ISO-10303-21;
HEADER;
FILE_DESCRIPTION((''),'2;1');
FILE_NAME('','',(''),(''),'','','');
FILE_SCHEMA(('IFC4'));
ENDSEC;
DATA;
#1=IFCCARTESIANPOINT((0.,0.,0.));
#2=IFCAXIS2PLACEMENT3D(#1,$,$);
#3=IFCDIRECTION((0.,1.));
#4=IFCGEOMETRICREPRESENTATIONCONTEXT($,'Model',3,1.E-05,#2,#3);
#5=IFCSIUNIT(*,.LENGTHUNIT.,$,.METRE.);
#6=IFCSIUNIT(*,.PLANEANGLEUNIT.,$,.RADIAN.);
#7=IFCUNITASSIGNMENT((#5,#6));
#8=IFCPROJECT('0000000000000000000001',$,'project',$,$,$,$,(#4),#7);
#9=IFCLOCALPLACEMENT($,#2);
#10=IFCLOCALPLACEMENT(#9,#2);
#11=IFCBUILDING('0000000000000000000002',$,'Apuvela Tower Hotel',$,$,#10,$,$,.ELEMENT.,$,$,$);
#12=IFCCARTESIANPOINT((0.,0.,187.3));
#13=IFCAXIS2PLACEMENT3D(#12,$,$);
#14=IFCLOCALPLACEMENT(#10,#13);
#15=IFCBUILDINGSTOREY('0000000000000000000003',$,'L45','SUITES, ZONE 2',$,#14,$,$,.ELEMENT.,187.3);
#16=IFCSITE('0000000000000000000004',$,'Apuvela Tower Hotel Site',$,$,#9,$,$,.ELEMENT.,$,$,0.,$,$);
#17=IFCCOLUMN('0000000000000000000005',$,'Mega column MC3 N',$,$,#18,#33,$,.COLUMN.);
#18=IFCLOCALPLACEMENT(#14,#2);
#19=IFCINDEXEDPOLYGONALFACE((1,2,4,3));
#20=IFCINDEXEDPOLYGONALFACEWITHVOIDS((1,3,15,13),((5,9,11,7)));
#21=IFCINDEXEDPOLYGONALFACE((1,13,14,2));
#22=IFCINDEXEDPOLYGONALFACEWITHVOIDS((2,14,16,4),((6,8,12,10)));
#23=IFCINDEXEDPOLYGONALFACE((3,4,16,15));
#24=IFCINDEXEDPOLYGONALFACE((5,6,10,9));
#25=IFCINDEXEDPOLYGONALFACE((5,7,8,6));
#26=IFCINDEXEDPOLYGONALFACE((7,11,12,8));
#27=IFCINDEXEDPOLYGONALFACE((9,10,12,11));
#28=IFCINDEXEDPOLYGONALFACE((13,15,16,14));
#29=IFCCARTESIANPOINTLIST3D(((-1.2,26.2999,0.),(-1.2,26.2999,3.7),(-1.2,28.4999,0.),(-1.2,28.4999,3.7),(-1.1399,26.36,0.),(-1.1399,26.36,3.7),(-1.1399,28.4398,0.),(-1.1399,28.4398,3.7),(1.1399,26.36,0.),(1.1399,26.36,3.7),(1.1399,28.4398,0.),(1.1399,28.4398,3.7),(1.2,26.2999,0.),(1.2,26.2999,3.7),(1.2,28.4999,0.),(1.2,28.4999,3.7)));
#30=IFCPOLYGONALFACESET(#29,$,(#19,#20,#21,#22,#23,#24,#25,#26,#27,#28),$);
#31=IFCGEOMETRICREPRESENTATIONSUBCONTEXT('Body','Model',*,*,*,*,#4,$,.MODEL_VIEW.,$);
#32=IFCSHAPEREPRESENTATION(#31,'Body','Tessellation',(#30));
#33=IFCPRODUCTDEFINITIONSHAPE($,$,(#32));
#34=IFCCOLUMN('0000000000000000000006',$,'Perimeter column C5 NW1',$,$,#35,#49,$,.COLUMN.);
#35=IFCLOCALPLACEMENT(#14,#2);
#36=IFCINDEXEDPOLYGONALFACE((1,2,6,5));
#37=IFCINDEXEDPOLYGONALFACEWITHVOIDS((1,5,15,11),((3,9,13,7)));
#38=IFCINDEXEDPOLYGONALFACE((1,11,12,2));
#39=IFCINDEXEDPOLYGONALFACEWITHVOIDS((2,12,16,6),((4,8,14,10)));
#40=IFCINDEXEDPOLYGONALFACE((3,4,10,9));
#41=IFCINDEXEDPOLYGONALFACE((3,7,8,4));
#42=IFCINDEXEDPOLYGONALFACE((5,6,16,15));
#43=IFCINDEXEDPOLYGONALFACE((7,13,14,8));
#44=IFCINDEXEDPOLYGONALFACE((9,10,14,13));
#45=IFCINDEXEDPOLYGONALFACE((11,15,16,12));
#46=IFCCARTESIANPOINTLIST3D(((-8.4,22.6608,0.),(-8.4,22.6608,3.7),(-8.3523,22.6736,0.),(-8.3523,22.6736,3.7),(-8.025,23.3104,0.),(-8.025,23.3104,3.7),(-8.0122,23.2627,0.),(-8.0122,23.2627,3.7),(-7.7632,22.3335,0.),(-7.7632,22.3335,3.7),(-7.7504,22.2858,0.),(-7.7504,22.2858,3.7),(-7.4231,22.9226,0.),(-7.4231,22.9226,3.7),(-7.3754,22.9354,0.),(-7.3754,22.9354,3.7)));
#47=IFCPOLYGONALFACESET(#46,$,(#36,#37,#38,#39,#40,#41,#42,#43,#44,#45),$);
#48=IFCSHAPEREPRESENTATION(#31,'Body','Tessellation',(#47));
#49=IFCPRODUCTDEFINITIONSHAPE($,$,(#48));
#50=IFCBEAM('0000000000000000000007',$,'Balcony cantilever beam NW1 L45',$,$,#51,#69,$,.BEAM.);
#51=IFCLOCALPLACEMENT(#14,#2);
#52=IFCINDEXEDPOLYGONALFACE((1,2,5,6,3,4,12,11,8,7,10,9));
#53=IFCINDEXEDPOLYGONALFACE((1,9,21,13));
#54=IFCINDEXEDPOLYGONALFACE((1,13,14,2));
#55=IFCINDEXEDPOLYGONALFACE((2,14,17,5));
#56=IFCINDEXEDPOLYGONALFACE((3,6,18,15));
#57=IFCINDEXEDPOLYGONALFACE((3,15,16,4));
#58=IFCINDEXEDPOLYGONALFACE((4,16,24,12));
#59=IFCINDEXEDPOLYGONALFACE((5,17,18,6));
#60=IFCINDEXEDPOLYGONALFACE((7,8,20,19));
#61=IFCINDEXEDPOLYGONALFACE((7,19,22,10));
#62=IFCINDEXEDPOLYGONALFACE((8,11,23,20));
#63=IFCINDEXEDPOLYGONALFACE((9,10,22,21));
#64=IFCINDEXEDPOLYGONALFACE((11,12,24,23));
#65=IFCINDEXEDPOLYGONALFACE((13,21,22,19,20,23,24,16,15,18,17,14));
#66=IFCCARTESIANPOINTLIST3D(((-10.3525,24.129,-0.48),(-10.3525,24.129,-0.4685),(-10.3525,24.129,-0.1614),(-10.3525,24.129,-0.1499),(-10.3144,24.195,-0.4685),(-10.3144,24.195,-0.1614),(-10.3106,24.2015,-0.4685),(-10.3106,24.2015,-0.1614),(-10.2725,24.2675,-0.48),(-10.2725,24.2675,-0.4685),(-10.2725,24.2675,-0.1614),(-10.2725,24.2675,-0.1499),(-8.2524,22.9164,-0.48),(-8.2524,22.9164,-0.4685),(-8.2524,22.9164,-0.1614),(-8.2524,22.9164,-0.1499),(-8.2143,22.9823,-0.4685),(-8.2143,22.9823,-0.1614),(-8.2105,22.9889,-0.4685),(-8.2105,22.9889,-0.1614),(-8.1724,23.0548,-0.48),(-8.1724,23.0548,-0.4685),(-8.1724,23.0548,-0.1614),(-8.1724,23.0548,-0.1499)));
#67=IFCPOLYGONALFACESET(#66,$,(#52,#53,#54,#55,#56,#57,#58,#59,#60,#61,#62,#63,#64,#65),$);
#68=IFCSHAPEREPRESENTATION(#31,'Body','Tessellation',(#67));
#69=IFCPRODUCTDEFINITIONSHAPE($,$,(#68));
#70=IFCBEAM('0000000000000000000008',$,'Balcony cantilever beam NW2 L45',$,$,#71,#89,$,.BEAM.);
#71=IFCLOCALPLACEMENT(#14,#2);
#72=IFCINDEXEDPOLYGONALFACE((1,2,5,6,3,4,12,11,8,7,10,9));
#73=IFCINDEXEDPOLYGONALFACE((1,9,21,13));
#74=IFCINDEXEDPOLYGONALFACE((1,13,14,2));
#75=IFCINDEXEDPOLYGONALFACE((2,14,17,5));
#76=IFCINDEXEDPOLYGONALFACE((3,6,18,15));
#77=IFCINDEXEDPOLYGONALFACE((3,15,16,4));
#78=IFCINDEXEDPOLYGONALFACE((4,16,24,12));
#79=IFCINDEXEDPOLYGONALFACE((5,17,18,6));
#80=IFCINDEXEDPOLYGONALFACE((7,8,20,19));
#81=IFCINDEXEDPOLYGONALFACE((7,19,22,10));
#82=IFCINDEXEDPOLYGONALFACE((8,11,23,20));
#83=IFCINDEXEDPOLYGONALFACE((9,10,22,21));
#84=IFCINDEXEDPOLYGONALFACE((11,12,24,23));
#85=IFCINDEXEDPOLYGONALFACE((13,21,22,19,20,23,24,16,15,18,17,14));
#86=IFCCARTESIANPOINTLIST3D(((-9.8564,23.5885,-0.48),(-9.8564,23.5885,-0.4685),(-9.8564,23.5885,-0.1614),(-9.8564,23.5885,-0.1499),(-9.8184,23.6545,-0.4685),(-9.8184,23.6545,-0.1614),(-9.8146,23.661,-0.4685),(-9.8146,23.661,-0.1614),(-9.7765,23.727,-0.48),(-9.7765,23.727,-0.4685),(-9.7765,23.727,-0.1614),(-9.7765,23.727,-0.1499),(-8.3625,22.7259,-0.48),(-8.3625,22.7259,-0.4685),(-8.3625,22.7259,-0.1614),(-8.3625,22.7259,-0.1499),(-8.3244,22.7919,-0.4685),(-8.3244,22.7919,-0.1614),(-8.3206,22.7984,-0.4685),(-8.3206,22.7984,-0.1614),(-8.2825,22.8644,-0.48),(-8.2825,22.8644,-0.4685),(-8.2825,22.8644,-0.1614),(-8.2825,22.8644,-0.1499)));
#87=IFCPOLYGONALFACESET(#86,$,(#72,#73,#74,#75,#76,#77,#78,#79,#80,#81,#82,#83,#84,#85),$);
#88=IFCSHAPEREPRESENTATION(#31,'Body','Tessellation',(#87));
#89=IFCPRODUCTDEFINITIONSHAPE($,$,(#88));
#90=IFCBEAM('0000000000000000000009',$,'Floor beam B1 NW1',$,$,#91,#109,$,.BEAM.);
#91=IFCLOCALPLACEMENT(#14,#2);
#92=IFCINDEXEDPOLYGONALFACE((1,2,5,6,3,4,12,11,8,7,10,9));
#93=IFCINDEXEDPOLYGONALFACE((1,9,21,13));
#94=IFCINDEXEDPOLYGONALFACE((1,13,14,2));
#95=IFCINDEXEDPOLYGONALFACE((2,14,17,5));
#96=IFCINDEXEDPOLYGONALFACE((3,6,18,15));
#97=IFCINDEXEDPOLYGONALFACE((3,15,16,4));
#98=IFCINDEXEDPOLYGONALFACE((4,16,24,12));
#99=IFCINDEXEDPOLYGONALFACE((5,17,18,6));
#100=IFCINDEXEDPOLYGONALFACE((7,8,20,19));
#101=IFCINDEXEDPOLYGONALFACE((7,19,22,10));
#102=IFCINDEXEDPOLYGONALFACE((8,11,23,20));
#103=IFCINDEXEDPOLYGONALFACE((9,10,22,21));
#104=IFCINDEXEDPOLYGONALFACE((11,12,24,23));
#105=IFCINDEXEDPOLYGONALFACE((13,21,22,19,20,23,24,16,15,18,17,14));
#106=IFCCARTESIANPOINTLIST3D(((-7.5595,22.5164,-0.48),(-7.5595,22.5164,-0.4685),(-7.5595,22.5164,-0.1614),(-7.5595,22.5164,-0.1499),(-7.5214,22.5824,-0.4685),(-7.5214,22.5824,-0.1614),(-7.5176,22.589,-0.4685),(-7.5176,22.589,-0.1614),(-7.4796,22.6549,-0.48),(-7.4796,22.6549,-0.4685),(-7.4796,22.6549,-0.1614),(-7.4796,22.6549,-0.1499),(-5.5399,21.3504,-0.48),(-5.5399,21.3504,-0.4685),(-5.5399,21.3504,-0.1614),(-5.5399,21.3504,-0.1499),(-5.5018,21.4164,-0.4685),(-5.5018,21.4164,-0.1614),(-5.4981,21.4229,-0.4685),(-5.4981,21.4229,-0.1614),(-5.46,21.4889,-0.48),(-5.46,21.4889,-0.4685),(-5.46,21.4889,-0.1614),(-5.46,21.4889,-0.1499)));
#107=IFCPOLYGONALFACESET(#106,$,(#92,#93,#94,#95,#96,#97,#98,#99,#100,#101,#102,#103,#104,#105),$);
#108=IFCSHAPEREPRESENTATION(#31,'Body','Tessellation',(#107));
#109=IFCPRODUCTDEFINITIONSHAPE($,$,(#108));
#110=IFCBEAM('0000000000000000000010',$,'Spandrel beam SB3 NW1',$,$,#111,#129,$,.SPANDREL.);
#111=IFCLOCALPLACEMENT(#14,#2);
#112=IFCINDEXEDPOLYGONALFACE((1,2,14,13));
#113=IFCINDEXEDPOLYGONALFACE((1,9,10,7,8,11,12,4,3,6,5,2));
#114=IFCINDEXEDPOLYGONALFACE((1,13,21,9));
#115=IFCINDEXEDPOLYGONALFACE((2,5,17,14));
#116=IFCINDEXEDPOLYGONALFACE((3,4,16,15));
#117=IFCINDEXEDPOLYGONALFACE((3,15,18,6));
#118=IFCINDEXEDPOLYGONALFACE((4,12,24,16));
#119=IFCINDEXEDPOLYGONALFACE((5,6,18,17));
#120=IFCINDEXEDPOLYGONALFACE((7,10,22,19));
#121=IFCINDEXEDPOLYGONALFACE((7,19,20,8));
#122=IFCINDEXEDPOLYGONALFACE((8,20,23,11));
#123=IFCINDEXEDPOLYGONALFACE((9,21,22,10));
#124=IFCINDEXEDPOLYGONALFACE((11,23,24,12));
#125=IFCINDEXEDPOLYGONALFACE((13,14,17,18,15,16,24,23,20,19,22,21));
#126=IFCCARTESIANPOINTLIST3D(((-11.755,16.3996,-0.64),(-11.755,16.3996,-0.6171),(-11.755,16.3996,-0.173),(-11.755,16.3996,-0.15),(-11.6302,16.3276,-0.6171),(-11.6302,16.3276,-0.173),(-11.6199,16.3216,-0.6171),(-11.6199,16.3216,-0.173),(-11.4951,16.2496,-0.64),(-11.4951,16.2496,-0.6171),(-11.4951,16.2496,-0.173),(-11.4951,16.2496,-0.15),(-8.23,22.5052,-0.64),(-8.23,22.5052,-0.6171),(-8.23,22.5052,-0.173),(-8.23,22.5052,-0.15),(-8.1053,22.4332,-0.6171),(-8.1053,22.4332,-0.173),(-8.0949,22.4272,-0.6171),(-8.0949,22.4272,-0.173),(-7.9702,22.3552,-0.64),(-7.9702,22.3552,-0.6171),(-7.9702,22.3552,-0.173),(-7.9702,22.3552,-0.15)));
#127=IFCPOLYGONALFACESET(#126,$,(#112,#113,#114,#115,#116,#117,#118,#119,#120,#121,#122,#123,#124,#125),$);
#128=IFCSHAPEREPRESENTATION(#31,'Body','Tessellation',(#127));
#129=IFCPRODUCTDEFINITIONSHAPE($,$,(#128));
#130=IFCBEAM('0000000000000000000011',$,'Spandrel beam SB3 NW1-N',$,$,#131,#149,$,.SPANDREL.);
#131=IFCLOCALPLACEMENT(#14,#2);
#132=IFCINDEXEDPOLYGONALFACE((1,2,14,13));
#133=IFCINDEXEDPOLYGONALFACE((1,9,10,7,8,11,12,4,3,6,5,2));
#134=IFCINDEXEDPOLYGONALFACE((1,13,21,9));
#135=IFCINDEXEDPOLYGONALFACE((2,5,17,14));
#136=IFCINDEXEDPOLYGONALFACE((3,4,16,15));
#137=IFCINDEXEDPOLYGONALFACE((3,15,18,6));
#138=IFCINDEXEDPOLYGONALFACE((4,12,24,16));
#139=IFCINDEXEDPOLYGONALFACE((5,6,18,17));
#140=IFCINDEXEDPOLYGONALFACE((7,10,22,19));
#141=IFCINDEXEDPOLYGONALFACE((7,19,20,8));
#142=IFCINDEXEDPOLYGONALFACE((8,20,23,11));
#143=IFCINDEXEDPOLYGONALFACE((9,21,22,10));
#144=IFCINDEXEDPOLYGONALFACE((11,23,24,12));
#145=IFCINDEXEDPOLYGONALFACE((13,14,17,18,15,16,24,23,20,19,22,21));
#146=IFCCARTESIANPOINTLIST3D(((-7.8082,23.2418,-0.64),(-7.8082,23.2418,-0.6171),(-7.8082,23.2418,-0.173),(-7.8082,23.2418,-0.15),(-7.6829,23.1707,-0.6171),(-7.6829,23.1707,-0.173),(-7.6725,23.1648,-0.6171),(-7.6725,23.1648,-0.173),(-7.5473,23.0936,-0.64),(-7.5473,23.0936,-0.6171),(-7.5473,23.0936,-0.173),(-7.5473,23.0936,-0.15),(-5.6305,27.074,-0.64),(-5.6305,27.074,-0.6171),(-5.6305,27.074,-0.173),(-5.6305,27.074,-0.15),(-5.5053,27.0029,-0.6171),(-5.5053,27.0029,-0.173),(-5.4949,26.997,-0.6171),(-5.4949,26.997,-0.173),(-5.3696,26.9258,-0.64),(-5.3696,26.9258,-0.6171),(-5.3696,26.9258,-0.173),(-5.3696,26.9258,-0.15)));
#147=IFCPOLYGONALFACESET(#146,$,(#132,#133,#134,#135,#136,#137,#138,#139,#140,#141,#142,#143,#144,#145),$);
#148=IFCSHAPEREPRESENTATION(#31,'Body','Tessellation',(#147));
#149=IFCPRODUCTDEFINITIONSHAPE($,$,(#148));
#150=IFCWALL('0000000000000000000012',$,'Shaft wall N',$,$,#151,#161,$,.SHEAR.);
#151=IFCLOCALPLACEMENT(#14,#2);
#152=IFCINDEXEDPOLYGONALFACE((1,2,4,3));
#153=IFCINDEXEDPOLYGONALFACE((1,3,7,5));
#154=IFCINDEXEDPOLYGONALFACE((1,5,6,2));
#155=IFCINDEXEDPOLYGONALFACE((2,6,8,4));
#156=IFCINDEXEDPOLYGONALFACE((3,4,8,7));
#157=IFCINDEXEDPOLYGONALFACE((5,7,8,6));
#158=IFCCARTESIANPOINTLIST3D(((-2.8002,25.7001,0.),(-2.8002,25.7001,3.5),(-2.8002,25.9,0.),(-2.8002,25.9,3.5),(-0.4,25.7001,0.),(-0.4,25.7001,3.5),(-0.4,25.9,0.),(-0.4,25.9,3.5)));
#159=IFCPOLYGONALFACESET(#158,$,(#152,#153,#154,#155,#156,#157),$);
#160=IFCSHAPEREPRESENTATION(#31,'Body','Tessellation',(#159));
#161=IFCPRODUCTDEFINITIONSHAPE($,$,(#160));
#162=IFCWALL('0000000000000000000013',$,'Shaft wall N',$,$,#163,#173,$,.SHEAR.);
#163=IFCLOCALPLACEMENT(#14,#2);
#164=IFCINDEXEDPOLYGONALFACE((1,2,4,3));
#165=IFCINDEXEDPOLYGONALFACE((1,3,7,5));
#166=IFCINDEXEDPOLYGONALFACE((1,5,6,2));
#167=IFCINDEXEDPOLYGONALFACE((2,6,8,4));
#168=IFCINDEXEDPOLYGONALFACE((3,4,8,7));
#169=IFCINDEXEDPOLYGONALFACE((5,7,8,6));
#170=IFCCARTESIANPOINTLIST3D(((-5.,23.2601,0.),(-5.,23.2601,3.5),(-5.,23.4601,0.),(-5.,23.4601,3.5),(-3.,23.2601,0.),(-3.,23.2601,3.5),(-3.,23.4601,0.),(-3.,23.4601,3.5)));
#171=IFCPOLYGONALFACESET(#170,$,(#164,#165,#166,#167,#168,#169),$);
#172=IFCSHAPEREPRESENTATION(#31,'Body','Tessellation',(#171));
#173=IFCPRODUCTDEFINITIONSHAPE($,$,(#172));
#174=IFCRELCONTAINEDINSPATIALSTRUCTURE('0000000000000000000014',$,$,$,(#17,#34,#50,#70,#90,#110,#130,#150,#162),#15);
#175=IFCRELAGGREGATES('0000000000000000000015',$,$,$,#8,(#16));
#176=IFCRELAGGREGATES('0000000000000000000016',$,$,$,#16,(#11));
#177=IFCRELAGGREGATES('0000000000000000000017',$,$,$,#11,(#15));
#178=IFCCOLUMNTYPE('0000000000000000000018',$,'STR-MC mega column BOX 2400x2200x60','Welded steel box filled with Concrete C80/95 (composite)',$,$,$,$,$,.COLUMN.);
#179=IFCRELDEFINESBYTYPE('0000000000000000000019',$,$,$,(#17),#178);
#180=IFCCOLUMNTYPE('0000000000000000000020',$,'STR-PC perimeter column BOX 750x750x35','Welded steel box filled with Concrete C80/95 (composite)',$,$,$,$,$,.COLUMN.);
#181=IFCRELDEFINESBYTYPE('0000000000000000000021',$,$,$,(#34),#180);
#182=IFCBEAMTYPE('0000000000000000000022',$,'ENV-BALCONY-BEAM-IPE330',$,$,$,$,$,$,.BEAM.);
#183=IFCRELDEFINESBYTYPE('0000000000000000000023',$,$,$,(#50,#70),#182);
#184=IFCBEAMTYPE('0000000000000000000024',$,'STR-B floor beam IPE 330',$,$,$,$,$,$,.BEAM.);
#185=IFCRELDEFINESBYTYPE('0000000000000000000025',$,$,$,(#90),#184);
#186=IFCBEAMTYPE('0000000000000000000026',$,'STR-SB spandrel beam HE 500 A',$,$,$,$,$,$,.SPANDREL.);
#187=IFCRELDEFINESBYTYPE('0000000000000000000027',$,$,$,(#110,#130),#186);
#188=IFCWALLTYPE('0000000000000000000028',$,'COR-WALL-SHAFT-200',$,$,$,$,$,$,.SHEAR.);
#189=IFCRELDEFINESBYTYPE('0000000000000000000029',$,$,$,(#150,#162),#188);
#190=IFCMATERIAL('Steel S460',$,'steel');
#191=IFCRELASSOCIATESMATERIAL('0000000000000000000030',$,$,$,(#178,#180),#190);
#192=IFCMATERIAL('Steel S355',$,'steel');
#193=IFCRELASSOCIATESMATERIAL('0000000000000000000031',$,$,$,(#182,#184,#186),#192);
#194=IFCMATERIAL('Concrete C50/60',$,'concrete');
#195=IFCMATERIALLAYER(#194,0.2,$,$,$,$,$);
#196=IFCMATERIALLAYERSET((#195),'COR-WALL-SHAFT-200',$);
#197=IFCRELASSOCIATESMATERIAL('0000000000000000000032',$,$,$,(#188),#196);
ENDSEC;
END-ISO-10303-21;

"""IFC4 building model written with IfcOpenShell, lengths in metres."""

from ifc_helpers import new_model, si_unit, direction, frame, frame_2d, origin, origin_2d, place, context, subcontext, project, spatial, rectangle, hollow_rectangle, i_section, extrude, material, layer, layer_set, material_profile, profile_set, type_object, element, save


model = new_model("IFC4")

# Units and contexts
model_context = context("Model", 3, precision=1e-05, world=origin(), true_north=direction((0.0, 1.0)))
body_context = subcontext(model_context, "Body", "Model", "MODEL_VIEW")
ifc_project = project(units=[si_unit("LENGTHUNIT", "METRE"), si_unit("PLANEANGLEUNIT", "RADIAN")], contexts=[model_context])

# Site, building, storey
site_placement = place(None, origin())
site = spatial("IfcSite", under=ifc_project, at=site_placement, Name="Apuvela Tower Hotel Site", CompositionType="ELEMENT", RefElevation=0.0)
building_placement = place(site_placement, origin())
building = spatial("IfcBuilding", under=site, at=building_placement, Name="Apuvela Tower Hotel", CompositionType="ELEMENT")
storey_placement = place(building_placement, frame((0.0, 0.0, 187.3)))
storey = spatial("IfcBuildingStorey", under=building, at=storey_placement, Name="L45", Description="SUITES, ZONE 2", CompositionType="ELEMENT", Elevation=187.3)

# Columns
ifc_material_1 = material(Name="Steel S460", Category="steel")
ifc_material_profile_1 = material_profile(ifc_material_1, hollow_rectangle(XDim=2.3999, YDim=2.2, WallThickness=0.0601, at=origin_2d()), Name="BOX 2400x2200x60")
ifc_material_2 = material(Name="Concrete C80/95", Category="concrete")
ifc_material_profile_2 = material_profile(ifc_material_2, rectangle(XDim=2.28, YDim=2.0801, at=origin_2d()), Name="Concrete C80/95 infill")
ifc_profile_set_1 = profile_set([ifc_material_profile_1, ifc_material_profile_2], Name="Steel S460")
column_type_1 = type_object("IfcColumnType", Name="STR-MC mega column BOX 2400x2200x60", Description="Welded steel box filled with Concrete C80/95 (composite)", PredefinedType="COLUMN", material=ifc_profile_set_1)
column_1_placement = place(storey_placement, frame((0.0, 27.3999, 0.0), z_axis=(0.0, 0.0, 1.0), x_axis=(1.0, 0.0, 0.0)))
element("IfcColumn", 1, at=column_1_placement, inside=storey, type_object=column_type_1, Name="Mega column MC3 N", PredefinedType="COLUMN", context=body_context, shape_type="SweptSolid", body=[
    extrude(hollow_rectangle(XDim=2.3999, YDim=2.2, WallThickness=0.0601, at=origin_2d()), origin(), (0.0, 0.0, 1.0), 3.7),
])
ifc_material_profile_3 = material_profile(ifc_material_1, hollow_rectangle(XDim=0.75, YDim=0.75, WallThickness=0.0349, at=origin_2d()), Name="BOX 750x750x35")
ifc_material_profile_4 = material_profile(ifc_material_2, rectangle(XDim=0.6799, YDim=0.6799, at=origin_2d()), Name="Concrete C80/95 infill")
ifc_profile_set_2 = profile_set([ifc_material_profile_3, ifc_material_profile_4], Name="Steel S460")
column_type_2 = type_object("IfcColumnType", Name="STR-PC perimeter column BOX 750x750x35", Description="Welded steel box filled with Concrete C80/95 (composite)", PredefinedType="COLUMN", material=ifc_profile_set_2)
column_2_placement = place(storey_placement, frame((-7.8877, 22.7981, 0.0), z_axis=(0.0, 0.0, 1.0), x_axis=(0.5, 0.866025, 0.0)))
element("IfcColumn", 2, at=column_2_placement, inside=storey, type_object=column_type_2, Name="Perimeter column C5 NW1", PredefinedType="COLUMN", context=body_context, shape_type="SweptSolid", body=[
    extrude(hollow_rectangle(XDim=0.75, YDim=0.75, WallThickness=0.0349, at=origin_2d()), origin(), (0.0, 0.0, 1.0), 3.7),
])

# Beams
ifc_material_3 = material(Name="Steel S355", Category="steel")
ifc_material_profile_5 = material_profile(ifc_material_3, i_section(OverallWidth=0.1599, OverallDepth=0.3301, WebThickness=0.0076, FlangeThickness=0.0115, at=origin_2d()), Name="IPE 330")
ifc_profile_set_3 = profile_set([ifc_material_profile_5], Name="Steel S355")
beam_type_1 = type_object("IfcBeamType", Name="ENV-BALCONY-BEAM-IPE330", PredefinedType="BEAM", material=ifc_profile_set_3)
beam_1_placement = place(storey_placement, frame((-8.2124, 22.9856, -0.3149), z_axis=(-0.865998, 0.500048, 0.0), x_axis=(-0.500048, -0.865998, 0.0)))
element("IfcBeam", 3, at=beam_1_placement, inside=storey, type_object=beam_type_1, Name="Balcony cantilever beam NW1 L45", PredefinedType="BEAM", context=body_context, shape_type="SweptSolid", body=[
    extrude(i_section(OverallWidth=0.1599, OverallDepth=0.3301, WebThickness=0.0076, FlangeThickness=0.0115, at=origin_2d()), origin(), (0.0, 0.0, 1.0), 2.425),
])
beam_2_placement = place(storey_placement, frame((-8.3225, 22.7952, -0.3149), z_axis=(-0.866014, 0.500021, 0.0), x_axis=(-0.500021, -0.866014, 0.0)))
element("IfcBeam", 4, at=beam_2_placement, inside=storey, type_object=beam_type_1, Name="Balcony cantilever beam NW2 L45", PredefinedType="BEAM", context=body_context, shape_type="SweptSolid", body=[
    extrude(i_section(OverallWidth=0.1599, OverallDepth=0.3301, WebThickness=0.0076, FlangeThickness=0.0115, at=origin_2d()), origin(), (0.0, 0.0, 1.0), 1.7251),
])
ifc_material_profile_6 = material_profile(ifc_material_3, i_section(OverallWidth=0.1599, OverallDepth=0.3301, WebThickness=0.0076, FlangeThickness=0.0115, at=origin_2d()), Name="IPE 330")
ifc_profile_set_4 = profile_set([ifc_material_profile_6], Name="Steel S355")
beam_type_2 = type_object("IfcBeamType", Name="STR-B floor beam IPE 330", PredefinedType="BEAM", material=ifc_profile_set_4)
beam_3_placement = place(storey_placement, frame((-7.5195, 22.5857, -0.3149), z_axis=(0.866018, -0.500012, 0.0), x_axis=(0.500012, 0.866018, 0.0)))
element("IfcBeam", 5, at=beam_3_placement, inside=storey, type_object=beam_type_2, Name="Floor beam B1 NW1", PredefinedType="BEAM", context=body_context, shape_type="SweptSolid", body=[
    extrude(i_section(OverallWidth=0.1599, OverallDepth=0.3301, WebThickness=0.0076, FlangeThickness=0.0115, at=origin_2d()), origin(), (0.0, 0.0, 1.0), 2.332),
])
ifc_material_profile_7 = material_profile(ifc_material_3, i_section(OverallWidth=0.3, OverallDepth=0.49, WebThickness=0.012, FlangeThickness=0.0229, at=origin_2d()), Name="HE 500 A")
ifc_profile_set_5 = profile_set([ifc_material_profile_7], Name="Steel S355")
beam_type_3 = type_object("IfcBeamType", Name="STR-SB spandrel beam HE 500 A", PredefinedType="SPANDREL", material=ifc_profile_set_5)
beam_4_placement = place(storey_placement, frame((-8.1001, 22.4302, -0.395), z_axis=(-0.49999, -0.866031, 0.0), x_axis=(0.866031, -0.49999, 0.0)))
element("IfcBeam", 6, at=beam_4_placement, inside=storey, type_object=beam_type_3, Name="Spandrel beam SB3 NW1", PredefinedType="SPANDREL", context=body_context, shape_type="SweptSolid", body=[
    extrude(i_section(OverallWidth=0.3, OverallDepth=0.49, WebThickness=0.012, FlangeThickness=0.0229, at=origin_2d()), origin(), (0.0, 0.0, 1.0), 7.05),
])
beam_5_placement = place(storey_placement, frame((-7.6777, 23.1677, -0.395), z_axis=(0.494062, 0.869427, 0.0), x_axis=(-0.869427, 0.494062, 0.0)))
element("IfcBeam", 7, at=beam_5_placement, inside=storey, type_object=beam_type_3, Name="Spandrel beam SB3 NW1-N", PredefinedType="SPANDREL", context=body_context, shape_type="SweptSolid", body=[
    extrude(i_section(OverallWidth=0.3, OverallDepth=0.49, WebThickness=0.012, FlangeThickness=0.0229, at=origin_2d()), origin(), (0.0, 0.0, 1.0), 4.4077),
])

# Walls
ifc_material_4 = material(Name="Concrete C50/60", Category="concrete")
ifc_layer_1 = layer(ifc_material_4, 0.2)
ifc_layer_set_1 = layer_set([ifc_layer_1], Name="COR-WALL-SHAFT-200")
wall_type_1 = type_object("IfcWallType", Name="COR-WALL-SHAFT-200", PredefinedType="SHEAR", material=ifc_layer_set_1)
wall_1_placement = place(storey_placement, frame((-0.3999, 25.8, 0.0), z_axis=(0.0, 0.0, 1.0), x_axis=(-1.0, 0.0, 0.0)))
element("IfcWall", 8, at=wall_1_placement, inside=storey, type_object=wall_type_1, Name="Shaft wall N", PredefinedType="SHEAR", context=body_context, shape_type="SweptSolid", body=[
    extrude(rectangle(XDim=2.4001, YDim=0.2, at=frame_2d((1.2002, 0.0))), origin(), (0.0, 0.0, 1.0), 3.5),
])
wall_2_placement = place(storey_placement, frame((-3.0, 23.3601, 0.0), z_axis=(0.0, 0.0, 1.0), x_axis=(-1.0, 0.0, 0.0)))
element("IfcWall", 9, at=wall_2_placement, inside=storey, type_object=wall_type_1, Name="Shaft wall N", PredefinedType="SHEAR", context=body_context, shape_type="SweptSolid", body=[
    extrude(rectangle(XDim=2.0, YDim=0.2, at=frame_2d((1.0, 0.0))), origin(), (0.0, 0.0, 1.0), 3.5),
])

save(model, "model.ifc")
